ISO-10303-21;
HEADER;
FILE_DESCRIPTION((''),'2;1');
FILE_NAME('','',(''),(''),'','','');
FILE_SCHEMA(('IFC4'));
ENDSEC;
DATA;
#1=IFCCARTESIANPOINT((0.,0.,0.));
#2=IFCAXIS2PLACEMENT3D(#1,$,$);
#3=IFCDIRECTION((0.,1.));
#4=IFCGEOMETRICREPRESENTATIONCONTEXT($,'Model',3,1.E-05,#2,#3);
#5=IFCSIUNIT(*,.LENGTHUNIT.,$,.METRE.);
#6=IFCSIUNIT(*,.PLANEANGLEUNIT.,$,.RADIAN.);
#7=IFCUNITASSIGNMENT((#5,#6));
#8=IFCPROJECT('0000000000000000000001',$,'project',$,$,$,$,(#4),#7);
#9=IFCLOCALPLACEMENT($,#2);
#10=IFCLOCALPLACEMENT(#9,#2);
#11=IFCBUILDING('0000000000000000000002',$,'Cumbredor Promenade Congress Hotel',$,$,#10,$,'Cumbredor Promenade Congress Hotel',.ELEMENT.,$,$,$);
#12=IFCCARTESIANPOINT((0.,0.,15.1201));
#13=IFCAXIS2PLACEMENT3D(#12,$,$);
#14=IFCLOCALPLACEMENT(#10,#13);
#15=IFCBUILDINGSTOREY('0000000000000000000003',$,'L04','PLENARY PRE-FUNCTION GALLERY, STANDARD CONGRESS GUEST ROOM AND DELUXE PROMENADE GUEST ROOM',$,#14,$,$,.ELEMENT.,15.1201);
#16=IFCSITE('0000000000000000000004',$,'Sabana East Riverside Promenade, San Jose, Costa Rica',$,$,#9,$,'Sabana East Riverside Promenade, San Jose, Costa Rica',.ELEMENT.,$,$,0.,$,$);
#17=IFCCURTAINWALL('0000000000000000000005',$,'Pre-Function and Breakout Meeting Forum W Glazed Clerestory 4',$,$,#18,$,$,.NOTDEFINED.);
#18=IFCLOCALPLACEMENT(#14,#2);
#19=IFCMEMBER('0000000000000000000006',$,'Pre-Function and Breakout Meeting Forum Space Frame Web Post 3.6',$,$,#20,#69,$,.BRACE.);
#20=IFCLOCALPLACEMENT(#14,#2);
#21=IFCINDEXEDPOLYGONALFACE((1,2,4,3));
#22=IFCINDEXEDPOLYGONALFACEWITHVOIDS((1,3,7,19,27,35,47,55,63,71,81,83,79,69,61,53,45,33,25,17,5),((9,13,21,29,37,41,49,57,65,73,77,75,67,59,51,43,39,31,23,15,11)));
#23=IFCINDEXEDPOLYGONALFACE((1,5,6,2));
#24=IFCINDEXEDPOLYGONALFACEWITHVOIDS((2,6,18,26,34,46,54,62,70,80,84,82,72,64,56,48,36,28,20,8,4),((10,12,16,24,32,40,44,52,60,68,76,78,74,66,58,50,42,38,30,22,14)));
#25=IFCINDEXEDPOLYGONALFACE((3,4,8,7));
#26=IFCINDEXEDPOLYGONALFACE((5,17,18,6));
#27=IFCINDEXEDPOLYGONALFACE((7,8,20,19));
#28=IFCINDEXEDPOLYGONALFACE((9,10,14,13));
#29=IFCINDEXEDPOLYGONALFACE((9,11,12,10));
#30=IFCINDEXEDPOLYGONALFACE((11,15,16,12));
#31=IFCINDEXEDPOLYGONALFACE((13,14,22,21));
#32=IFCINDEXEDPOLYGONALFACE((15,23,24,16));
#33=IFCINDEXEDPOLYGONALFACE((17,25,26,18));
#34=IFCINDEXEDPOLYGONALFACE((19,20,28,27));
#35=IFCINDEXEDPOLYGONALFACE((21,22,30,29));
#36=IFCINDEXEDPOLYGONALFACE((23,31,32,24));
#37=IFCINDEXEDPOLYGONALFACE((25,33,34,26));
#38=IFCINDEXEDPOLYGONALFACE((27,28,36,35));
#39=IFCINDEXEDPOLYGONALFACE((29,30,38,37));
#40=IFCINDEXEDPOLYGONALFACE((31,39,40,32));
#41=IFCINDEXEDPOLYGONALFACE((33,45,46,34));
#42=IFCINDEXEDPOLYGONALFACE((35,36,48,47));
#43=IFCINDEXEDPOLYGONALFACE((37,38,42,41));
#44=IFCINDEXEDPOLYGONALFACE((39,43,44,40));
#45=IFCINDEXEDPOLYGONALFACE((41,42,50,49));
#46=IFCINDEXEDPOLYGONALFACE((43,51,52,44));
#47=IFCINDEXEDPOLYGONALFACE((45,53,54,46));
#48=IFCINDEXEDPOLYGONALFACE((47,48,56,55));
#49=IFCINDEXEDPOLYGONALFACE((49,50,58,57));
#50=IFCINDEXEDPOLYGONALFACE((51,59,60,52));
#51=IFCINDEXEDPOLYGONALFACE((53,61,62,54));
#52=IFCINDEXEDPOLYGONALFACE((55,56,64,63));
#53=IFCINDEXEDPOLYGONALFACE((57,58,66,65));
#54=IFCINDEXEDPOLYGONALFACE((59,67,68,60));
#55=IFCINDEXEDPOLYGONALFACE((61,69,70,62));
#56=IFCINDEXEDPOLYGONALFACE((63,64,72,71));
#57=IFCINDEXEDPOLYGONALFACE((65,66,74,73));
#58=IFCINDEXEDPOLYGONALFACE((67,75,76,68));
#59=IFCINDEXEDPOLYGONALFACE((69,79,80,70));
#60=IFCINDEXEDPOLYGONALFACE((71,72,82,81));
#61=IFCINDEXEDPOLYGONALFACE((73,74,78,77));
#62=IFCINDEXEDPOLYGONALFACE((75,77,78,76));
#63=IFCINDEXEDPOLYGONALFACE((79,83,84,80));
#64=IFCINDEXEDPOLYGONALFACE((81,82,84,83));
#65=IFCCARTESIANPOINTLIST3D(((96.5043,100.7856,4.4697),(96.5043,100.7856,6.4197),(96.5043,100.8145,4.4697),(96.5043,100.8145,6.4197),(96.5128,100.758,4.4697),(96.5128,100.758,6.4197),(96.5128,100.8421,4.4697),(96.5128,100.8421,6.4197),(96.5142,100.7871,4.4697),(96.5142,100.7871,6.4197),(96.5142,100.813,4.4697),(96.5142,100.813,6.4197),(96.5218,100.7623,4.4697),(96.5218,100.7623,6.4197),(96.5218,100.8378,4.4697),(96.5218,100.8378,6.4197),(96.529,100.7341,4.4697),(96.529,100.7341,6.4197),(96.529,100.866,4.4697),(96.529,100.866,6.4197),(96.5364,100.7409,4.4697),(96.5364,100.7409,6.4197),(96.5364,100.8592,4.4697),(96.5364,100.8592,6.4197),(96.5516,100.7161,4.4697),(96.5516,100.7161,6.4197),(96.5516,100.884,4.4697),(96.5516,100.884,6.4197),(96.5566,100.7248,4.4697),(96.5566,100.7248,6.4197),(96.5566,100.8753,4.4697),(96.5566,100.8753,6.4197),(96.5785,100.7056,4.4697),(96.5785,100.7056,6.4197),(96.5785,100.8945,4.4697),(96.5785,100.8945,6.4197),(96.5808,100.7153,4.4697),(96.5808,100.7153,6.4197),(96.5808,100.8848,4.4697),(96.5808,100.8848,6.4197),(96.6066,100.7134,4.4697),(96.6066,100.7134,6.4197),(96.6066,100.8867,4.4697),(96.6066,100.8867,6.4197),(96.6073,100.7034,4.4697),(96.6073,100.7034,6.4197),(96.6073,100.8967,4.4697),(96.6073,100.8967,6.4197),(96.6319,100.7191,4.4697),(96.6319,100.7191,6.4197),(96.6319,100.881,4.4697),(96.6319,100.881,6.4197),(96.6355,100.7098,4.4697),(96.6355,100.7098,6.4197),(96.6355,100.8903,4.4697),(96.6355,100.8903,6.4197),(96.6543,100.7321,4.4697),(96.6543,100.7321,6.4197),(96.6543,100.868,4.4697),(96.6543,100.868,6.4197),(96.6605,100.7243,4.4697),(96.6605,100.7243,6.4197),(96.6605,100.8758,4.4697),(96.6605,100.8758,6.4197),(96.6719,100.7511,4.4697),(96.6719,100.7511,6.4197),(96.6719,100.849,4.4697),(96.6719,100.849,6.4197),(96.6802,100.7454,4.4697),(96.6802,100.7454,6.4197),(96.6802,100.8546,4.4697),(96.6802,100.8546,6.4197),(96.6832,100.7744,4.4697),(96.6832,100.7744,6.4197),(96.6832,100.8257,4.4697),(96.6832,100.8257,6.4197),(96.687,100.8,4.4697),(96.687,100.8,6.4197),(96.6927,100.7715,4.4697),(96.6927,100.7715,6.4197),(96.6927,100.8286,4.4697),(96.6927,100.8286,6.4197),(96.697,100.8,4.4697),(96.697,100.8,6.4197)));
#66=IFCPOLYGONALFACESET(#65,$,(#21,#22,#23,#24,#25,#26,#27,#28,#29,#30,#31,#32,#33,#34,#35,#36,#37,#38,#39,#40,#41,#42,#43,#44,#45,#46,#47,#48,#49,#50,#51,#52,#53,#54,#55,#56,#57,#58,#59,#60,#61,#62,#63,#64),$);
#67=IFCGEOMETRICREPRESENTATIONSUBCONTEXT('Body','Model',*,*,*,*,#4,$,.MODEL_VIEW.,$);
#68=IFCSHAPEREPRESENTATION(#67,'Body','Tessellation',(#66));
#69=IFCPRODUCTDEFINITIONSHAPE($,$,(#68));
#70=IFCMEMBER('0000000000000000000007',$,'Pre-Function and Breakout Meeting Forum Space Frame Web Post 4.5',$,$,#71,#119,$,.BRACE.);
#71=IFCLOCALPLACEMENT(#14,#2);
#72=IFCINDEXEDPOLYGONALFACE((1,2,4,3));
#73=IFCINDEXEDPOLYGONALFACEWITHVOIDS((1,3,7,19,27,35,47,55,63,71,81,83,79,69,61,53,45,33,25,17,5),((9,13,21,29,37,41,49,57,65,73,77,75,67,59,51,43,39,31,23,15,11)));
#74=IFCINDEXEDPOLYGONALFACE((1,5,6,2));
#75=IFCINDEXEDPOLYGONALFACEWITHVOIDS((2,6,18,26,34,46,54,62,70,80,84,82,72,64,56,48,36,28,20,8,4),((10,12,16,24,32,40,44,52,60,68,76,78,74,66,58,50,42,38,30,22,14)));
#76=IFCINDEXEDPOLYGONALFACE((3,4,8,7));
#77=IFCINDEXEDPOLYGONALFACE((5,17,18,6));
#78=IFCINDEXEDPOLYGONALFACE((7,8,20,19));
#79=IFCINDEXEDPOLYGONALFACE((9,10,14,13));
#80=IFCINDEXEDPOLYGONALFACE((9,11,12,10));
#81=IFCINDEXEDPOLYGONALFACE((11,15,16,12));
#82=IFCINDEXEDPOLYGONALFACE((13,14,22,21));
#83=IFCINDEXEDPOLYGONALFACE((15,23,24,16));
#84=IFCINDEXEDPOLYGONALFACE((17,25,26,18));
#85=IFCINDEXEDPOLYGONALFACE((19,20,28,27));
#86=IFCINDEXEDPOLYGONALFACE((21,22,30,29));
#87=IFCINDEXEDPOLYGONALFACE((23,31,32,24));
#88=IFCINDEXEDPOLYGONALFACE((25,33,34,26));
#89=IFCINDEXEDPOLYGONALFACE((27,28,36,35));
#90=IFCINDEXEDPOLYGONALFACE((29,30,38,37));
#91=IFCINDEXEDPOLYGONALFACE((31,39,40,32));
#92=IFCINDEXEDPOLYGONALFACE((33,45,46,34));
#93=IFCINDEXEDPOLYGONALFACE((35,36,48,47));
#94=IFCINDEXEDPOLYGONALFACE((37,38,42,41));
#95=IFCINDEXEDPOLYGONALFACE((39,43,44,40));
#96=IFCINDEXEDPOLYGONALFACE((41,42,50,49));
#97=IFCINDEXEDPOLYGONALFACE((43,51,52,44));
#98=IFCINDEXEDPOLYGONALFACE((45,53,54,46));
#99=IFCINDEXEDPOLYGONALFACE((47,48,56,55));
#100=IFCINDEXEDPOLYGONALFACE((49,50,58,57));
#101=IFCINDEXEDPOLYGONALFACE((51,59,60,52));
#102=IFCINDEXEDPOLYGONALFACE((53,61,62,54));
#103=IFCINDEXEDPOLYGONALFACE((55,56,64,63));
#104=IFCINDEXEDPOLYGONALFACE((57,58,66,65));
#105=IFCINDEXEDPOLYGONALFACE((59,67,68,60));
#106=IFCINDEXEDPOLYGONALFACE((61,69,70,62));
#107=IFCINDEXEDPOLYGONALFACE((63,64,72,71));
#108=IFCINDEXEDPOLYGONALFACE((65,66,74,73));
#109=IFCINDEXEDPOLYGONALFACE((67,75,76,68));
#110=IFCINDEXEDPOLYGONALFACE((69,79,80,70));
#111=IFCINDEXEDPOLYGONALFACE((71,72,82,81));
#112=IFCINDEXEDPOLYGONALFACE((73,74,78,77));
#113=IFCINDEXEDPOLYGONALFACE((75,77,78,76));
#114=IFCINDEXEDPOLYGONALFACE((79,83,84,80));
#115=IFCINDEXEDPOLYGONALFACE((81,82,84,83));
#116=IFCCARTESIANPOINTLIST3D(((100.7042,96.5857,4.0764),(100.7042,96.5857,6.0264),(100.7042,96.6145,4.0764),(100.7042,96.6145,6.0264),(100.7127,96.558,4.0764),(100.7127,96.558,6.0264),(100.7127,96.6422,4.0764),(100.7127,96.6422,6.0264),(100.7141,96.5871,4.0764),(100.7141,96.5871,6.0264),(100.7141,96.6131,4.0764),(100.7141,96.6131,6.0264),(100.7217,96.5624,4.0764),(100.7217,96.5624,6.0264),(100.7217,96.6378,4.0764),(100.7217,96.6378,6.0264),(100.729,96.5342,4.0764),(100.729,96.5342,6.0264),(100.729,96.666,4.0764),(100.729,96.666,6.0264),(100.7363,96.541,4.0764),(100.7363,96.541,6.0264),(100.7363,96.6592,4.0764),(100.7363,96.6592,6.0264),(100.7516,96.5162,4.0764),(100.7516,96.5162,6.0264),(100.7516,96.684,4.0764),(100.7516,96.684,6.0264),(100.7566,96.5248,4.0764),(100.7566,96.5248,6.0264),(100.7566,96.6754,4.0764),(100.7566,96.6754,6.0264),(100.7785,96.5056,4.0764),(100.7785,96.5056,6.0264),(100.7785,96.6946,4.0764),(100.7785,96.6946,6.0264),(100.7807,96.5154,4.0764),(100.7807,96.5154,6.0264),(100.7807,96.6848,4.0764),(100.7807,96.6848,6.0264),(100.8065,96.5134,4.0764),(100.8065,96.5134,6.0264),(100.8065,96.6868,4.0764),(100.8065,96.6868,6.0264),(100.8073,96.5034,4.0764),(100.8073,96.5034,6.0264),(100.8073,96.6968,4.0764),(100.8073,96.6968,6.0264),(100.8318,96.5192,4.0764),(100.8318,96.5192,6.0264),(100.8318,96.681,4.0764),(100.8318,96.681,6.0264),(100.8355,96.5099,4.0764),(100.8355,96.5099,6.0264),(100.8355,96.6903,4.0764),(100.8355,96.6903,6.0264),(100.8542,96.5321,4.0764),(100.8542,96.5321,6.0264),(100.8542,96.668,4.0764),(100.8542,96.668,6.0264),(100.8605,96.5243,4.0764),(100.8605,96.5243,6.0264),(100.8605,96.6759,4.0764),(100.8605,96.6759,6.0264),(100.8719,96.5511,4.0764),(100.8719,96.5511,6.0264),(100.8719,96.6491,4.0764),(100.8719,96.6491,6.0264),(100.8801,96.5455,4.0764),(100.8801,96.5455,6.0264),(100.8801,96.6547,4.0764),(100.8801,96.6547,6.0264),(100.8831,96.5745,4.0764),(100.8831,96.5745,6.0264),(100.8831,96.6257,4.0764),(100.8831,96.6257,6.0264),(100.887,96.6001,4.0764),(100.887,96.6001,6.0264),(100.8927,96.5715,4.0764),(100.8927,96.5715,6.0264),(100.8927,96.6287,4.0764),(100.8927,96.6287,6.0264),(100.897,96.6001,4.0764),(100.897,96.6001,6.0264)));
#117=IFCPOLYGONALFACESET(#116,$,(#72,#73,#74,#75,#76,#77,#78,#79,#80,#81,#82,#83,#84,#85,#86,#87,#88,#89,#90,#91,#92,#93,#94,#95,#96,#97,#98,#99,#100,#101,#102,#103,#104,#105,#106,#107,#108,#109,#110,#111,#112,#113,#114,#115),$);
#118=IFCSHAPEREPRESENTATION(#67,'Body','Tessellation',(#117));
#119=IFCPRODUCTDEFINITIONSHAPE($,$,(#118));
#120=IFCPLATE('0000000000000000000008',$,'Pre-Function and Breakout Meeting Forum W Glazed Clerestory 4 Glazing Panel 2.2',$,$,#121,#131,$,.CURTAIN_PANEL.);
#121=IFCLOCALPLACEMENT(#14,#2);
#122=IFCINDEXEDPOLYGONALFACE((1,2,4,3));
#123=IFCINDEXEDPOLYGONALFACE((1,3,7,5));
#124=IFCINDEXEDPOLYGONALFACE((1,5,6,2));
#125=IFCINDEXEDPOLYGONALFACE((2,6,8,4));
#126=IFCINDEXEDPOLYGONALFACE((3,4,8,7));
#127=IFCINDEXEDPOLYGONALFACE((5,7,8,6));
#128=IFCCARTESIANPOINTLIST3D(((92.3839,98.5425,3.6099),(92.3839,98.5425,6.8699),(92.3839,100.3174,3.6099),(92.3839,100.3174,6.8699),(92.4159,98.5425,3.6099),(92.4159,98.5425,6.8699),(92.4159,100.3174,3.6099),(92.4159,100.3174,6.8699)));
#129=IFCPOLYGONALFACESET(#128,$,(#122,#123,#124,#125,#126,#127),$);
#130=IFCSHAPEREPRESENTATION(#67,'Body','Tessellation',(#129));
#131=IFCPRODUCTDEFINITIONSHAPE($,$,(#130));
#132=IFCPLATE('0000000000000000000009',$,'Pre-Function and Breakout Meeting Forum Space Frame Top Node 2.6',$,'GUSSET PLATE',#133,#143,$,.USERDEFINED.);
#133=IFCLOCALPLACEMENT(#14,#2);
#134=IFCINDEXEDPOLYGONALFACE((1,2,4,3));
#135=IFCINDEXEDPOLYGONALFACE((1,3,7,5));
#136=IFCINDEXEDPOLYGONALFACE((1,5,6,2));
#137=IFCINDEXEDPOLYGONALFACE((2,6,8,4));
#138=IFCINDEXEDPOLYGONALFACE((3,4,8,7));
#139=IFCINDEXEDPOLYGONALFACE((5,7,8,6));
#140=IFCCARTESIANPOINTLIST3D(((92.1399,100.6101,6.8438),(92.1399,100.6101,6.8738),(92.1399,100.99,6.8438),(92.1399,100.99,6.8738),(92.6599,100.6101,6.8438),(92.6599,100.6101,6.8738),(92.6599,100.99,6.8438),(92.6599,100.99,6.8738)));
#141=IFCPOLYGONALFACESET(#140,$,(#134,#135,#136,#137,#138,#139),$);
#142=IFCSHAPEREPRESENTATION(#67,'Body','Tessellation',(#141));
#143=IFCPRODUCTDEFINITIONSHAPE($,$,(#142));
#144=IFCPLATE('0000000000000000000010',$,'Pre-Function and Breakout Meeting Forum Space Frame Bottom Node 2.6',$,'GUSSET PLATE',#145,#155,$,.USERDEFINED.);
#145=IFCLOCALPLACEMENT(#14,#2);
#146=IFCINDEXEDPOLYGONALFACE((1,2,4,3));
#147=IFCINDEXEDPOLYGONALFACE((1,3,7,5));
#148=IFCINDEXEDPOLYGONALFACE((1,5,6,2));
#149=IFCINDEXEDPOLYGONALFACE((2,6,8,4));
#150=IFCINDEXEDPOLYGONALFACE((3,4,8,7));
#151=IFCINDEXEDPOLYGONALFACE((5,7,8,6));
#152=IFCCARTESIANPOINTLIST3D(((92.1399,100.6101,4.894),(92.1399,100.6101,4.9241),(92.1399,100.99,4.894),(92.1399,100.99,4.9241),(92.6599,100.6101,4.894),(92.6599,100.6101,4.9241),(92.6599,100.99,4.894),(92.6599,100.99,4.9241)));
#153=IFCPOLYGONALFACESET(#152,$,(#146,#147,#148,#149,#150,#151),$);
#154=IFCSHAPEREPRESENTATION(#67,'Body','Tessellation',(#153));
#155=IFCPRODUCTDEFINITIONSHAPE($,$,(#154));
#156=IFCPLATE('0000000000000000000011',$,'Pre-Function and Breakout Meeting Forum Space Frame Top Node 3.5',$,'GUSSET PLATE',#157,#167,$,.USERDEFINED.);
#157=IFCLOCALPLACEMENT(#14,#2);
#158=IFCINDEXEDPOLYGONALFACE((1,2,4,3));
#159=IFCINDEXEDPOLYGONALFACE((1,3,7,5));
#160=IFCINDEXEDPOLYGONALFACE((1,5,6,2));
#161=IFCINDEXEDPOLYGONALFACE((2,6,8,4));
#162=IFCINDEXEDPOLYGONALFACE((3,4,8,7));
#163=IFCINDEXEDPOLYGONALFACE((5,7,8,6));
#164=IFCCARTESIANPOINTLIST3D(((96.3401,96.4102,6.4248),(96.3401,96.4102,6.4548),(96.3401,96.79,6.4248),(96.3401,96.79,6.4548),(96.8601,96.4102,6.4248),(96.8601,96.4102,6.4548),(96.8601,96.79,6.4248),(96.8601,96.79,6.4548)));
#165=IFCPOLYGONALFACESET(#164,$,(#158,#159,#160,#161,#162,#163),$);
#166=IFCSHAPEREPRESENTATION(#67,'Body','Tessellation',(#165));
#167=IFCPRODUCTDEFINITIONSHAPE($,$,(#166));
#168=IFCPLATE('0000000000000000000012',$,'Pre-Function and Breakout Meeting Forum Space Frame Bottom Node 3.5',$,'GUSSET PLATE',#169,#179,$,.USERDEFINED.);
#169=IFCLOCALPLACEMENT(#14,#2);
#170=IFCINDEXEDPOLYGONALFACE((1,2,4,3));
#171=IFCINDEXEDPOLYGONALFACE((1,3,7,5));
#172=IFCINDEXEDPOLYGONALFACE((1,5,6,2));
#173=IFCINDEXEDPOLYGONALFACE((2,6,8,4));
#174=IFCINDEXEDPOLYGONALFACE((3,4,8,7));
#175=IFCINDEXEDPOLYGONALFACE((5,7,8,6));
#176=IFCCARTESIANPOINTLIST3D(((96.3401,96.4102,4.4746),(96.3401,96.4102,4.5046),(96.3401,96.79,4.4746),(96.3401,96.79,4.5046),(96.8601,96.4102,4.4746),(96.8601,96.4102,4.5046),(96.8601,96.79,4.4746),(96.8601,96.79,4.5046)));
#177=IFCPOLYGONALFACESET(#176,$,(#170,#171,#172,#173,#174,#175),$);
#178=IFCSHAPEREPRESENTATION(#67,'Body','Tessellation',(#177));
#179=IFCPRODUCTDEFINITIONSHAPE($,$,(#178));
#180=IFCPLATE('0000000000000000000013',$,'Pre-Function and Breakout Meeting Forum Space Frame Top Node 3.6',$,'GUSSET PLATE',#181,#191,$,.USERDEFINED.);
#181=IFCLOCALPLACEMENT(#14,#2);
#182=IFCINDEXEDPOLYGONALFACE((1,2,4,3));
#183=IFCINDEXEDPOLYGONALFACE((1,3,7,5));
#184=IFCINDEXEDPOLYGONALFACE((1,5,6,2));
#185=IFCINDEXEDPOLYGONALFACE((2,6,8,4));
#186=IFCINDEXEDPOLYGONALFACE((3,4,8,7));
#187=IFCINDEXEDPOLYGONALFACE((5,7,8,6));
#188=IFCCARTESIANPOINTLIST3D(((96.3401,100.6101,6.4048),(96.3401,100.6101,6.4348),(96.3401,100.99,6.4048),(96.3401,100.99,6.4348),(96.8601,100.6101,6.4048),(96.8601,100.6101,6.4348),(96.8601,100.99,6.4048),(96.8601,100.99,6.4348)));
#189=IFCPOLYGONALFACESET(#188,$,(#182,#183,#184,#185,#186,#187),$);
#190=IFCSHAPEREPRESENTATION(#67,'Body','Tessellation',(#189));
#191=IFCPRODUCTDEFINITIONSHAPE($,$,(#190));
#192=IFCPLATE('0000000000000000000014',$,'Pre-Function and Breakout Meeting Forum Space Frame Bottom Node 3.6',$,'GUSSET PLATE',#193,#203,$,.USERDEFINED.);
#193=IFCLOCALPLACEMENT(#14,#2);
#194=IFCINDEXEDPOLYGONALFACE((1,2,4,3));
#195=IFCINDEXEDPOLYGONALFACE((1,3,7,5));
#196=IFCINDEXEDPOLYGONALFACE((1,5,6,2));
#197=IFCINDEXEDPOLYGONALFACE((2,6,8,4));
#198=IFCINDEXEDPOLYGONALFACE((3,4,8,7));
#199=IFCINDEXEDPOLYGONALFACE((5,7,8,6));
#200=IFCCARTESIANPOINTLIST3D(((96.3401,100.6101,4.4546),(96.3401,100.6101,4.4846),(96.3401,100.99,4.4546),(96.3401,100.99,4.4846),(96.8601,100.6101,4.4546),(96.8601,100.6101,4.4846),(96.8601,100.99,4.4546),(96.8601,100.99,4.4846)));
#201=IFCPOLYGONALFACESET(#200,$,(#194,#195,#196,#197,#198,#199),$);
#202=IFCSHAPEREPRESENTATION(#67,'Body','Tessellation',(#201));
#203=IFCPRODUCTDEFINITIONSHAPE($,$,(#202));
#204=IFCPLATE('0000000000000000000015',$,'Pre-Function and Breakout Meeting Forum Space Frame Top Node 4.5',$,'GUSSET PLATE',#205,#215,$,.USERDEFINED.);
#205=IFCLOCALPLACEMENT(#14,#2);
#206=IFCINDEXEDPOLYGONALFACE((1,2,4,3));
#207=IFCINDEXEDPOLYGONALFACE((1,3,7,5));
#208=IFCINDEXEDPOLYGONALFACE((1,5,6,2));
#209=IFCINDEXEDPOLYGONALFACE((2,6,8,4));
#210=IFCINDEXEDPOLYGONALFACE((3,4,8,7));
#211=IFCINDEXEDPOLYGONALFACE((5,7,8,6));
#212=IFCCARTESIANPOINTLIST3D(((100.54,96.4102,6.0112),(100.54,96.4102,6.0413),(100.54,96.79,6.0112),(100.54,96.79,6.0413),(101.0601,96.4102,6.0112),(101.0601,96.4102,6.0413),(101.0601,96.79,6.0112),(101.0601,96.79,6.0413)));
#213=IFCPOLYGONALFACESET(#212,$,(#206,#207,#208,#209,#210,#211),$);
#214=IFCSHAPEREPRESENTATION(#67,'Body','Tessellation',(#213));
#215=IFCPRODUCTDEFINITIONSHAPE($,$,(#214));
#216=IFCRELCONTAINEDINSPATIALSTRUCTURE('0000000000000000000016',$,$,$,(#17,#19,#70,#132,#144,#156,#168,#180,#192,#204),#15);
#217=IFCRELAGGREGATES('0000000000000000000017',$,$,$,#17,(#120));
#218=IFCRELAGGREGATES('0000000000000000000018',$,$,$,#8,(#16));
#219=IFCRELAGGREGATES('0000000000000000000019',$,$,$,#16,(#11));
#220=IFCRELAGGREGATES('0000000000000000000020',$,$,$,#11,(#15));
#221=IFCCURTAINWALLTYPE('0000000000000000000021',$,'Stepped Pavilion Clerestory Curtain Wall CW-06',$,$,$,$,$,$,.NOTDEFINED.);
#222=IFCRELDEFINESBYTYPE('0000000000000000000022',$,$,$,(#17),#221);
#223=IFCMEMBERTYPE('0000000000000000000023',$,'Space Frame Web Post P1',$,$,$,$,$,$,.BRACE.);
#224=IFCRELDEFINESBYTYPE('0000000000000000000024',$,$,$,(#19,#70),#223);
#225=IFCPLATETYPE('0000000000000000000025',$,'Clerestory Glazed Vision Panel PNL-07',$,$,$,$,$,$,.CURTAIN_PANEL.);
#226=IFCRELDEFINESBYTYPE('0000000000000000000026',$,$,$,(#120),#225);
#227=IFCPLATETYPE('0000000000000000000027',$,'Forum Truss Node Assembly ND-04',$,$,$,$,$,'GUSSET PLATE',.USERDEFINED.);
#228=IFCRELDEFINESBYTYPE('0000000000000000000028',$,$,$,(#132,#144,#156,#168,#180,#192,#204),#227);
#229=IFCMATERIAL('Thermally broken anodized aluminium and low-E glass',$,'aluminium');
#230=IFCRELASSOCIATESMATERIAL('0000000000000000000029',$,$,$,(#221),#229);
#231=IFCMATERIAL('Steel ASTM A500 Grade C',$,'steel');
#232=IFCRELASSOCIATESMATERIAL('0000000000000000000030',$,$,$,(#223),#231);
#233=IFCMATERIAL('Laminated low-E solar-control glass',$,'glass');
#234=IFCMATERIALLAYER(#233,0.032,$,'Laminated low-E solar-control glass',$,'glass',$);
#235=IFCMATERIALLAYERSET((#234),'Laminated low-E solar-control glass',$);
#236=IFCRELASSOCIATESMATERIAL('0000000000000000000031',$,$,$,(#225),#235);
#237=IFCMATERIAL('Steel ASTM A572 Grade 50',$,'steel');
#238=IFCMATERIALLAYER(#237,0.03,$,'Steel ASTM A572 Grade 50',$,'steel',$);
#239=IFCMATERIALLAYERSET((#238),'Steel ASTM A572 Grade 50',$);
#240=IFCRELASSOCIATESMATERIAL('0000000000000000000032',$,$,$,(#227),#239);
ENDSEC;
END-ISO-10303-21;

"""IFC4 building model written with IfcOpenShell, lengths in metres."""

from ifc_helpers import new_model, si_unit, direction, frame, origin, origin_2d, place, context, subcontext, project, spatial, rectangle, hollow_circle, extrude, material, layer, layer_set, material_profile, profile_set, type_object, element, aggregate, save


model = new_model("IFC4")

# Units and contexts
model_context = context("Model", 3, precision=1e-05, world=origin(), true_north=direction((0.0, 1.0)))
body_context = subcontext(model_context, "Body", "Model", "MODEL_VIEW")
ifc_project = project(units=[si_unit("LENGTHUNIT", "METRE"), si_unit("PLANEANGLEUNIT", "RADIAN")], contexts=[model_context])

# Site, building, storey
site_placement = place(None, origin())
site = spatial("IfcSite", under=ifc_project, at=site_placement, Name="Sabana East Riverside Promenade, San Jose, Costa Rica", LongName="Sabana East Riverside Promenade, San Jose, Costa Rica", CompositionType="ELEMENT", RefElevation=0.0)
building_placement = place(site_placement, origin())
building = spatial("IfcBuilding", under=site, at=building_placement, Name="Cumbredor Promenade Congress Hotel", LongName="Cumbredor Promenade Congress Hotel", CompositionType="ELEMENT")
storey_placement = place(building_placement, frame((0.0, 0.0, 15.1201)))
storey = spatial("IfcBuildingStorey", under=building, at=storey_placement, Name="L04", Description="PLENARY PRE-FUNCTION GALLERY, STANDARD CONGRESS GUEST ROOM AND DELUXE PROMENADE GUEST ROOM", CompositionType="ELEMENT", Elevation=15.1201)

# Curtain wall
ifc_material_1 = material(Name="Thermally broken anodized aluminium and low-E glass", Category="aluminium")
curtain_wall_type = type_object("IfcCurtainWallType", Name="Stepped Pavilion Clerestory Curtain Wall CW-06", PredefinedType="NOTDEFINED", material=ifc_material_1)
curtain_wall_placement = place(storey_placement, origin())
curtain_wall = element("IfcCurtainWall", 1, at=curtain_wall_placement, inside=storey, type_object=curtain_wall_type, Name="Pre-Function and Breakout Meeting Forum W Glazed Clerestory 4", PredefinedType="NOTDEFINED")

# Members
ifc_material_2 = material(Name="Steel ASTM A500 Grade C", Category="steel")
ifc_material_profile_1 = material_profile(ifc_material_2, hollow_circle(Radius=0.0969, WallThickness=0.01, at=origin_2d()), Name="CHS 193.7x10")
ifc_profile_set_1 = profile_set([ifc_material_profile_1], Name="Steel ASTM A500 Grade C")
member_type_1 = type_object("IfcMemberType", Name="Space Frame Web Post P1", PredefinedType="BRACE", material=ifc_profile_set_1)
for number, where, z_axis, x_axis, name in (
    (2, (96.6001, 100.8, 4.4697), (0.0, 0.0, 1.0), (1.0, 0.0, 0.0), "Pre-Function and Breakout Meeting Forum Space Frame Web Post 3.6"),
    (3, (100.8, 96.6001, 4.0764), (0.0, 0.0, 1.0), (1.0, 0.0, 0.0), "Pre-Function and Breakout Meeting Forum Space Frame Web Post 4.5"),
):
    element("IfcMember", number, at=place(storey_placement, frame(where, z_axis=z_axis, x_axis=x_axis)), inside=storey, type_object=member_type_1, Name=name, PredefinedType="BRACE", context=body_context, shape_type="SweptSolid", body=[
        extrude(hollow_circle(Radius=0.0969, WallThickness=0.01, at=origin_2d()), origin(), (0.0, 0.0, 1.0), 1.95),
    ])

# Plate
ifc_material_3 = material(Name="Laminated low-E solar-control glass", Category="glass")
ifc_layer_1 = layer(ifc_material_3, 0.032, Name="Laminated low-E solar-control glass", Category="glass")
ifc_layer_set_1 = layer_set([ifc_layer_1], Name="Laminated low-E solar-control glass")
plate_type_1 = type_object("IfcPlateType", Name="Clerestory Glazed Vision Panel PNL-07", PredefinedType="CURTAIN_PANEL", material=ifc_layer_set_1)
plate_placement = place(storey_placement, frame((92.3999, 99.4299, 3.6099), z_axis=(0.0, 0.0, 1.0), x_axis=(0.0, 1.0, 0.0)))
plate = element("IfcPlate", 4, at=plate_placement, type_object=plate_type_1, Name="Pre-Function and Breakout Meeting Forum W Glazed Clerestory 4 Glazing Panel 2.2", PredefinedType="CURTAIN_PANEL", context=body_context, shape_type="SweptSolid", body=[
    extrude(rectangle(XDim=1.7749, YDim=0.032, at=origin_2d()), origin(), (0.0, 0.0, 1.0), 3.26),
])
aggregate(curtain_wall, [plate])

# Plates
ifc_material_4 = material(Name="Steel ASTM A572 Grade 50", Category="steel")
ifc_layer_2 = layer(ifc_material_4, 0.03, Name="Steel ASTM A572 Grade 50", Category="steel")
ifc_layer_set_2 = layer_set([ifc_layer_2], Name="Steel ASTM A572 Grade 50")
plate_type_2 = type_object("IfcPlateType", Name="Forum Truss Node Assembly ND-04", ElementType="GUSSET PLATE", PredefinedType="USERDEFINED", material=ifc_layer_set_2)
for number, where, z_axis, x_axis, name in (
    (5, (92.3999, 100.8, 6.8438), (0.0, 0.0, 1.0), (1.0, 0.0, 0.0), "Pre-Function and Breakout Meeting Forum Space Frame Top Node 2.6"),
    (6, (92.3999, 100.8, 4.894), (0.0, 0.0, 1.0), (1.0, 0.0, 0.0), "Pre-Function and Breakout Meeting Forum Space Frame Bottom Node 2.6"),
    (7, (96.6001, 96.6001, 6.4248), (0.0, 0.0, 1.0), (1.0, 0.0, 0.0), "Pre-Function and Breakout Meeting Forum Space Frame Top Node 3.5"),
    (8, (96.6001, 96.6001, 4.4746), (0.0, 0.0, 1.0), (1.0, 0.0, 0.0), "Pre-Function and Breakout Meeting Forum Space Frame Bottom Node 3.5"),
    (9, (96.6001, 100.8, 6.4048), (0.0, 0.0, 1.0), (1.0, 0.0, 0.0), "Pre-Function and Breakout Meeting Forum Space Frame Top Node 3.6"),
    (10, (96.6001, 100.8, 4.4546), (0.0, 0.0, 1.0), (1.0, 0.0, 0.0), "Pre-Function and Breakout Meeting Forum Space Frame Bottom Node 3.6"),
    (11, (100.8, 96.6001, 6.0112), (0.0, 0.0, 1.0), (1.0, 0.0, 0.0), "Pre-Function and Breakout Meeting Forum Space Frame Top Node 4.5"),
):
    element("IfcPlate", number, at=place(storey_placement, frame(where, z_axis=z_axis, x_axis=x_axis)), inside=storey, type_object=plate_type_2, Name=name, ObjectType="GUSSET PLATE", PredefinedType="USERDEFINED", context=body_context, shape_type="SweptSolid", body=[
        extrude(rectangle(XDim=0.52, YDim=0.3799, at=origin_2d()), origin(), (0.0, 0.0, 1.0), 0.03),
    ])

save(model, "model.ifc")
